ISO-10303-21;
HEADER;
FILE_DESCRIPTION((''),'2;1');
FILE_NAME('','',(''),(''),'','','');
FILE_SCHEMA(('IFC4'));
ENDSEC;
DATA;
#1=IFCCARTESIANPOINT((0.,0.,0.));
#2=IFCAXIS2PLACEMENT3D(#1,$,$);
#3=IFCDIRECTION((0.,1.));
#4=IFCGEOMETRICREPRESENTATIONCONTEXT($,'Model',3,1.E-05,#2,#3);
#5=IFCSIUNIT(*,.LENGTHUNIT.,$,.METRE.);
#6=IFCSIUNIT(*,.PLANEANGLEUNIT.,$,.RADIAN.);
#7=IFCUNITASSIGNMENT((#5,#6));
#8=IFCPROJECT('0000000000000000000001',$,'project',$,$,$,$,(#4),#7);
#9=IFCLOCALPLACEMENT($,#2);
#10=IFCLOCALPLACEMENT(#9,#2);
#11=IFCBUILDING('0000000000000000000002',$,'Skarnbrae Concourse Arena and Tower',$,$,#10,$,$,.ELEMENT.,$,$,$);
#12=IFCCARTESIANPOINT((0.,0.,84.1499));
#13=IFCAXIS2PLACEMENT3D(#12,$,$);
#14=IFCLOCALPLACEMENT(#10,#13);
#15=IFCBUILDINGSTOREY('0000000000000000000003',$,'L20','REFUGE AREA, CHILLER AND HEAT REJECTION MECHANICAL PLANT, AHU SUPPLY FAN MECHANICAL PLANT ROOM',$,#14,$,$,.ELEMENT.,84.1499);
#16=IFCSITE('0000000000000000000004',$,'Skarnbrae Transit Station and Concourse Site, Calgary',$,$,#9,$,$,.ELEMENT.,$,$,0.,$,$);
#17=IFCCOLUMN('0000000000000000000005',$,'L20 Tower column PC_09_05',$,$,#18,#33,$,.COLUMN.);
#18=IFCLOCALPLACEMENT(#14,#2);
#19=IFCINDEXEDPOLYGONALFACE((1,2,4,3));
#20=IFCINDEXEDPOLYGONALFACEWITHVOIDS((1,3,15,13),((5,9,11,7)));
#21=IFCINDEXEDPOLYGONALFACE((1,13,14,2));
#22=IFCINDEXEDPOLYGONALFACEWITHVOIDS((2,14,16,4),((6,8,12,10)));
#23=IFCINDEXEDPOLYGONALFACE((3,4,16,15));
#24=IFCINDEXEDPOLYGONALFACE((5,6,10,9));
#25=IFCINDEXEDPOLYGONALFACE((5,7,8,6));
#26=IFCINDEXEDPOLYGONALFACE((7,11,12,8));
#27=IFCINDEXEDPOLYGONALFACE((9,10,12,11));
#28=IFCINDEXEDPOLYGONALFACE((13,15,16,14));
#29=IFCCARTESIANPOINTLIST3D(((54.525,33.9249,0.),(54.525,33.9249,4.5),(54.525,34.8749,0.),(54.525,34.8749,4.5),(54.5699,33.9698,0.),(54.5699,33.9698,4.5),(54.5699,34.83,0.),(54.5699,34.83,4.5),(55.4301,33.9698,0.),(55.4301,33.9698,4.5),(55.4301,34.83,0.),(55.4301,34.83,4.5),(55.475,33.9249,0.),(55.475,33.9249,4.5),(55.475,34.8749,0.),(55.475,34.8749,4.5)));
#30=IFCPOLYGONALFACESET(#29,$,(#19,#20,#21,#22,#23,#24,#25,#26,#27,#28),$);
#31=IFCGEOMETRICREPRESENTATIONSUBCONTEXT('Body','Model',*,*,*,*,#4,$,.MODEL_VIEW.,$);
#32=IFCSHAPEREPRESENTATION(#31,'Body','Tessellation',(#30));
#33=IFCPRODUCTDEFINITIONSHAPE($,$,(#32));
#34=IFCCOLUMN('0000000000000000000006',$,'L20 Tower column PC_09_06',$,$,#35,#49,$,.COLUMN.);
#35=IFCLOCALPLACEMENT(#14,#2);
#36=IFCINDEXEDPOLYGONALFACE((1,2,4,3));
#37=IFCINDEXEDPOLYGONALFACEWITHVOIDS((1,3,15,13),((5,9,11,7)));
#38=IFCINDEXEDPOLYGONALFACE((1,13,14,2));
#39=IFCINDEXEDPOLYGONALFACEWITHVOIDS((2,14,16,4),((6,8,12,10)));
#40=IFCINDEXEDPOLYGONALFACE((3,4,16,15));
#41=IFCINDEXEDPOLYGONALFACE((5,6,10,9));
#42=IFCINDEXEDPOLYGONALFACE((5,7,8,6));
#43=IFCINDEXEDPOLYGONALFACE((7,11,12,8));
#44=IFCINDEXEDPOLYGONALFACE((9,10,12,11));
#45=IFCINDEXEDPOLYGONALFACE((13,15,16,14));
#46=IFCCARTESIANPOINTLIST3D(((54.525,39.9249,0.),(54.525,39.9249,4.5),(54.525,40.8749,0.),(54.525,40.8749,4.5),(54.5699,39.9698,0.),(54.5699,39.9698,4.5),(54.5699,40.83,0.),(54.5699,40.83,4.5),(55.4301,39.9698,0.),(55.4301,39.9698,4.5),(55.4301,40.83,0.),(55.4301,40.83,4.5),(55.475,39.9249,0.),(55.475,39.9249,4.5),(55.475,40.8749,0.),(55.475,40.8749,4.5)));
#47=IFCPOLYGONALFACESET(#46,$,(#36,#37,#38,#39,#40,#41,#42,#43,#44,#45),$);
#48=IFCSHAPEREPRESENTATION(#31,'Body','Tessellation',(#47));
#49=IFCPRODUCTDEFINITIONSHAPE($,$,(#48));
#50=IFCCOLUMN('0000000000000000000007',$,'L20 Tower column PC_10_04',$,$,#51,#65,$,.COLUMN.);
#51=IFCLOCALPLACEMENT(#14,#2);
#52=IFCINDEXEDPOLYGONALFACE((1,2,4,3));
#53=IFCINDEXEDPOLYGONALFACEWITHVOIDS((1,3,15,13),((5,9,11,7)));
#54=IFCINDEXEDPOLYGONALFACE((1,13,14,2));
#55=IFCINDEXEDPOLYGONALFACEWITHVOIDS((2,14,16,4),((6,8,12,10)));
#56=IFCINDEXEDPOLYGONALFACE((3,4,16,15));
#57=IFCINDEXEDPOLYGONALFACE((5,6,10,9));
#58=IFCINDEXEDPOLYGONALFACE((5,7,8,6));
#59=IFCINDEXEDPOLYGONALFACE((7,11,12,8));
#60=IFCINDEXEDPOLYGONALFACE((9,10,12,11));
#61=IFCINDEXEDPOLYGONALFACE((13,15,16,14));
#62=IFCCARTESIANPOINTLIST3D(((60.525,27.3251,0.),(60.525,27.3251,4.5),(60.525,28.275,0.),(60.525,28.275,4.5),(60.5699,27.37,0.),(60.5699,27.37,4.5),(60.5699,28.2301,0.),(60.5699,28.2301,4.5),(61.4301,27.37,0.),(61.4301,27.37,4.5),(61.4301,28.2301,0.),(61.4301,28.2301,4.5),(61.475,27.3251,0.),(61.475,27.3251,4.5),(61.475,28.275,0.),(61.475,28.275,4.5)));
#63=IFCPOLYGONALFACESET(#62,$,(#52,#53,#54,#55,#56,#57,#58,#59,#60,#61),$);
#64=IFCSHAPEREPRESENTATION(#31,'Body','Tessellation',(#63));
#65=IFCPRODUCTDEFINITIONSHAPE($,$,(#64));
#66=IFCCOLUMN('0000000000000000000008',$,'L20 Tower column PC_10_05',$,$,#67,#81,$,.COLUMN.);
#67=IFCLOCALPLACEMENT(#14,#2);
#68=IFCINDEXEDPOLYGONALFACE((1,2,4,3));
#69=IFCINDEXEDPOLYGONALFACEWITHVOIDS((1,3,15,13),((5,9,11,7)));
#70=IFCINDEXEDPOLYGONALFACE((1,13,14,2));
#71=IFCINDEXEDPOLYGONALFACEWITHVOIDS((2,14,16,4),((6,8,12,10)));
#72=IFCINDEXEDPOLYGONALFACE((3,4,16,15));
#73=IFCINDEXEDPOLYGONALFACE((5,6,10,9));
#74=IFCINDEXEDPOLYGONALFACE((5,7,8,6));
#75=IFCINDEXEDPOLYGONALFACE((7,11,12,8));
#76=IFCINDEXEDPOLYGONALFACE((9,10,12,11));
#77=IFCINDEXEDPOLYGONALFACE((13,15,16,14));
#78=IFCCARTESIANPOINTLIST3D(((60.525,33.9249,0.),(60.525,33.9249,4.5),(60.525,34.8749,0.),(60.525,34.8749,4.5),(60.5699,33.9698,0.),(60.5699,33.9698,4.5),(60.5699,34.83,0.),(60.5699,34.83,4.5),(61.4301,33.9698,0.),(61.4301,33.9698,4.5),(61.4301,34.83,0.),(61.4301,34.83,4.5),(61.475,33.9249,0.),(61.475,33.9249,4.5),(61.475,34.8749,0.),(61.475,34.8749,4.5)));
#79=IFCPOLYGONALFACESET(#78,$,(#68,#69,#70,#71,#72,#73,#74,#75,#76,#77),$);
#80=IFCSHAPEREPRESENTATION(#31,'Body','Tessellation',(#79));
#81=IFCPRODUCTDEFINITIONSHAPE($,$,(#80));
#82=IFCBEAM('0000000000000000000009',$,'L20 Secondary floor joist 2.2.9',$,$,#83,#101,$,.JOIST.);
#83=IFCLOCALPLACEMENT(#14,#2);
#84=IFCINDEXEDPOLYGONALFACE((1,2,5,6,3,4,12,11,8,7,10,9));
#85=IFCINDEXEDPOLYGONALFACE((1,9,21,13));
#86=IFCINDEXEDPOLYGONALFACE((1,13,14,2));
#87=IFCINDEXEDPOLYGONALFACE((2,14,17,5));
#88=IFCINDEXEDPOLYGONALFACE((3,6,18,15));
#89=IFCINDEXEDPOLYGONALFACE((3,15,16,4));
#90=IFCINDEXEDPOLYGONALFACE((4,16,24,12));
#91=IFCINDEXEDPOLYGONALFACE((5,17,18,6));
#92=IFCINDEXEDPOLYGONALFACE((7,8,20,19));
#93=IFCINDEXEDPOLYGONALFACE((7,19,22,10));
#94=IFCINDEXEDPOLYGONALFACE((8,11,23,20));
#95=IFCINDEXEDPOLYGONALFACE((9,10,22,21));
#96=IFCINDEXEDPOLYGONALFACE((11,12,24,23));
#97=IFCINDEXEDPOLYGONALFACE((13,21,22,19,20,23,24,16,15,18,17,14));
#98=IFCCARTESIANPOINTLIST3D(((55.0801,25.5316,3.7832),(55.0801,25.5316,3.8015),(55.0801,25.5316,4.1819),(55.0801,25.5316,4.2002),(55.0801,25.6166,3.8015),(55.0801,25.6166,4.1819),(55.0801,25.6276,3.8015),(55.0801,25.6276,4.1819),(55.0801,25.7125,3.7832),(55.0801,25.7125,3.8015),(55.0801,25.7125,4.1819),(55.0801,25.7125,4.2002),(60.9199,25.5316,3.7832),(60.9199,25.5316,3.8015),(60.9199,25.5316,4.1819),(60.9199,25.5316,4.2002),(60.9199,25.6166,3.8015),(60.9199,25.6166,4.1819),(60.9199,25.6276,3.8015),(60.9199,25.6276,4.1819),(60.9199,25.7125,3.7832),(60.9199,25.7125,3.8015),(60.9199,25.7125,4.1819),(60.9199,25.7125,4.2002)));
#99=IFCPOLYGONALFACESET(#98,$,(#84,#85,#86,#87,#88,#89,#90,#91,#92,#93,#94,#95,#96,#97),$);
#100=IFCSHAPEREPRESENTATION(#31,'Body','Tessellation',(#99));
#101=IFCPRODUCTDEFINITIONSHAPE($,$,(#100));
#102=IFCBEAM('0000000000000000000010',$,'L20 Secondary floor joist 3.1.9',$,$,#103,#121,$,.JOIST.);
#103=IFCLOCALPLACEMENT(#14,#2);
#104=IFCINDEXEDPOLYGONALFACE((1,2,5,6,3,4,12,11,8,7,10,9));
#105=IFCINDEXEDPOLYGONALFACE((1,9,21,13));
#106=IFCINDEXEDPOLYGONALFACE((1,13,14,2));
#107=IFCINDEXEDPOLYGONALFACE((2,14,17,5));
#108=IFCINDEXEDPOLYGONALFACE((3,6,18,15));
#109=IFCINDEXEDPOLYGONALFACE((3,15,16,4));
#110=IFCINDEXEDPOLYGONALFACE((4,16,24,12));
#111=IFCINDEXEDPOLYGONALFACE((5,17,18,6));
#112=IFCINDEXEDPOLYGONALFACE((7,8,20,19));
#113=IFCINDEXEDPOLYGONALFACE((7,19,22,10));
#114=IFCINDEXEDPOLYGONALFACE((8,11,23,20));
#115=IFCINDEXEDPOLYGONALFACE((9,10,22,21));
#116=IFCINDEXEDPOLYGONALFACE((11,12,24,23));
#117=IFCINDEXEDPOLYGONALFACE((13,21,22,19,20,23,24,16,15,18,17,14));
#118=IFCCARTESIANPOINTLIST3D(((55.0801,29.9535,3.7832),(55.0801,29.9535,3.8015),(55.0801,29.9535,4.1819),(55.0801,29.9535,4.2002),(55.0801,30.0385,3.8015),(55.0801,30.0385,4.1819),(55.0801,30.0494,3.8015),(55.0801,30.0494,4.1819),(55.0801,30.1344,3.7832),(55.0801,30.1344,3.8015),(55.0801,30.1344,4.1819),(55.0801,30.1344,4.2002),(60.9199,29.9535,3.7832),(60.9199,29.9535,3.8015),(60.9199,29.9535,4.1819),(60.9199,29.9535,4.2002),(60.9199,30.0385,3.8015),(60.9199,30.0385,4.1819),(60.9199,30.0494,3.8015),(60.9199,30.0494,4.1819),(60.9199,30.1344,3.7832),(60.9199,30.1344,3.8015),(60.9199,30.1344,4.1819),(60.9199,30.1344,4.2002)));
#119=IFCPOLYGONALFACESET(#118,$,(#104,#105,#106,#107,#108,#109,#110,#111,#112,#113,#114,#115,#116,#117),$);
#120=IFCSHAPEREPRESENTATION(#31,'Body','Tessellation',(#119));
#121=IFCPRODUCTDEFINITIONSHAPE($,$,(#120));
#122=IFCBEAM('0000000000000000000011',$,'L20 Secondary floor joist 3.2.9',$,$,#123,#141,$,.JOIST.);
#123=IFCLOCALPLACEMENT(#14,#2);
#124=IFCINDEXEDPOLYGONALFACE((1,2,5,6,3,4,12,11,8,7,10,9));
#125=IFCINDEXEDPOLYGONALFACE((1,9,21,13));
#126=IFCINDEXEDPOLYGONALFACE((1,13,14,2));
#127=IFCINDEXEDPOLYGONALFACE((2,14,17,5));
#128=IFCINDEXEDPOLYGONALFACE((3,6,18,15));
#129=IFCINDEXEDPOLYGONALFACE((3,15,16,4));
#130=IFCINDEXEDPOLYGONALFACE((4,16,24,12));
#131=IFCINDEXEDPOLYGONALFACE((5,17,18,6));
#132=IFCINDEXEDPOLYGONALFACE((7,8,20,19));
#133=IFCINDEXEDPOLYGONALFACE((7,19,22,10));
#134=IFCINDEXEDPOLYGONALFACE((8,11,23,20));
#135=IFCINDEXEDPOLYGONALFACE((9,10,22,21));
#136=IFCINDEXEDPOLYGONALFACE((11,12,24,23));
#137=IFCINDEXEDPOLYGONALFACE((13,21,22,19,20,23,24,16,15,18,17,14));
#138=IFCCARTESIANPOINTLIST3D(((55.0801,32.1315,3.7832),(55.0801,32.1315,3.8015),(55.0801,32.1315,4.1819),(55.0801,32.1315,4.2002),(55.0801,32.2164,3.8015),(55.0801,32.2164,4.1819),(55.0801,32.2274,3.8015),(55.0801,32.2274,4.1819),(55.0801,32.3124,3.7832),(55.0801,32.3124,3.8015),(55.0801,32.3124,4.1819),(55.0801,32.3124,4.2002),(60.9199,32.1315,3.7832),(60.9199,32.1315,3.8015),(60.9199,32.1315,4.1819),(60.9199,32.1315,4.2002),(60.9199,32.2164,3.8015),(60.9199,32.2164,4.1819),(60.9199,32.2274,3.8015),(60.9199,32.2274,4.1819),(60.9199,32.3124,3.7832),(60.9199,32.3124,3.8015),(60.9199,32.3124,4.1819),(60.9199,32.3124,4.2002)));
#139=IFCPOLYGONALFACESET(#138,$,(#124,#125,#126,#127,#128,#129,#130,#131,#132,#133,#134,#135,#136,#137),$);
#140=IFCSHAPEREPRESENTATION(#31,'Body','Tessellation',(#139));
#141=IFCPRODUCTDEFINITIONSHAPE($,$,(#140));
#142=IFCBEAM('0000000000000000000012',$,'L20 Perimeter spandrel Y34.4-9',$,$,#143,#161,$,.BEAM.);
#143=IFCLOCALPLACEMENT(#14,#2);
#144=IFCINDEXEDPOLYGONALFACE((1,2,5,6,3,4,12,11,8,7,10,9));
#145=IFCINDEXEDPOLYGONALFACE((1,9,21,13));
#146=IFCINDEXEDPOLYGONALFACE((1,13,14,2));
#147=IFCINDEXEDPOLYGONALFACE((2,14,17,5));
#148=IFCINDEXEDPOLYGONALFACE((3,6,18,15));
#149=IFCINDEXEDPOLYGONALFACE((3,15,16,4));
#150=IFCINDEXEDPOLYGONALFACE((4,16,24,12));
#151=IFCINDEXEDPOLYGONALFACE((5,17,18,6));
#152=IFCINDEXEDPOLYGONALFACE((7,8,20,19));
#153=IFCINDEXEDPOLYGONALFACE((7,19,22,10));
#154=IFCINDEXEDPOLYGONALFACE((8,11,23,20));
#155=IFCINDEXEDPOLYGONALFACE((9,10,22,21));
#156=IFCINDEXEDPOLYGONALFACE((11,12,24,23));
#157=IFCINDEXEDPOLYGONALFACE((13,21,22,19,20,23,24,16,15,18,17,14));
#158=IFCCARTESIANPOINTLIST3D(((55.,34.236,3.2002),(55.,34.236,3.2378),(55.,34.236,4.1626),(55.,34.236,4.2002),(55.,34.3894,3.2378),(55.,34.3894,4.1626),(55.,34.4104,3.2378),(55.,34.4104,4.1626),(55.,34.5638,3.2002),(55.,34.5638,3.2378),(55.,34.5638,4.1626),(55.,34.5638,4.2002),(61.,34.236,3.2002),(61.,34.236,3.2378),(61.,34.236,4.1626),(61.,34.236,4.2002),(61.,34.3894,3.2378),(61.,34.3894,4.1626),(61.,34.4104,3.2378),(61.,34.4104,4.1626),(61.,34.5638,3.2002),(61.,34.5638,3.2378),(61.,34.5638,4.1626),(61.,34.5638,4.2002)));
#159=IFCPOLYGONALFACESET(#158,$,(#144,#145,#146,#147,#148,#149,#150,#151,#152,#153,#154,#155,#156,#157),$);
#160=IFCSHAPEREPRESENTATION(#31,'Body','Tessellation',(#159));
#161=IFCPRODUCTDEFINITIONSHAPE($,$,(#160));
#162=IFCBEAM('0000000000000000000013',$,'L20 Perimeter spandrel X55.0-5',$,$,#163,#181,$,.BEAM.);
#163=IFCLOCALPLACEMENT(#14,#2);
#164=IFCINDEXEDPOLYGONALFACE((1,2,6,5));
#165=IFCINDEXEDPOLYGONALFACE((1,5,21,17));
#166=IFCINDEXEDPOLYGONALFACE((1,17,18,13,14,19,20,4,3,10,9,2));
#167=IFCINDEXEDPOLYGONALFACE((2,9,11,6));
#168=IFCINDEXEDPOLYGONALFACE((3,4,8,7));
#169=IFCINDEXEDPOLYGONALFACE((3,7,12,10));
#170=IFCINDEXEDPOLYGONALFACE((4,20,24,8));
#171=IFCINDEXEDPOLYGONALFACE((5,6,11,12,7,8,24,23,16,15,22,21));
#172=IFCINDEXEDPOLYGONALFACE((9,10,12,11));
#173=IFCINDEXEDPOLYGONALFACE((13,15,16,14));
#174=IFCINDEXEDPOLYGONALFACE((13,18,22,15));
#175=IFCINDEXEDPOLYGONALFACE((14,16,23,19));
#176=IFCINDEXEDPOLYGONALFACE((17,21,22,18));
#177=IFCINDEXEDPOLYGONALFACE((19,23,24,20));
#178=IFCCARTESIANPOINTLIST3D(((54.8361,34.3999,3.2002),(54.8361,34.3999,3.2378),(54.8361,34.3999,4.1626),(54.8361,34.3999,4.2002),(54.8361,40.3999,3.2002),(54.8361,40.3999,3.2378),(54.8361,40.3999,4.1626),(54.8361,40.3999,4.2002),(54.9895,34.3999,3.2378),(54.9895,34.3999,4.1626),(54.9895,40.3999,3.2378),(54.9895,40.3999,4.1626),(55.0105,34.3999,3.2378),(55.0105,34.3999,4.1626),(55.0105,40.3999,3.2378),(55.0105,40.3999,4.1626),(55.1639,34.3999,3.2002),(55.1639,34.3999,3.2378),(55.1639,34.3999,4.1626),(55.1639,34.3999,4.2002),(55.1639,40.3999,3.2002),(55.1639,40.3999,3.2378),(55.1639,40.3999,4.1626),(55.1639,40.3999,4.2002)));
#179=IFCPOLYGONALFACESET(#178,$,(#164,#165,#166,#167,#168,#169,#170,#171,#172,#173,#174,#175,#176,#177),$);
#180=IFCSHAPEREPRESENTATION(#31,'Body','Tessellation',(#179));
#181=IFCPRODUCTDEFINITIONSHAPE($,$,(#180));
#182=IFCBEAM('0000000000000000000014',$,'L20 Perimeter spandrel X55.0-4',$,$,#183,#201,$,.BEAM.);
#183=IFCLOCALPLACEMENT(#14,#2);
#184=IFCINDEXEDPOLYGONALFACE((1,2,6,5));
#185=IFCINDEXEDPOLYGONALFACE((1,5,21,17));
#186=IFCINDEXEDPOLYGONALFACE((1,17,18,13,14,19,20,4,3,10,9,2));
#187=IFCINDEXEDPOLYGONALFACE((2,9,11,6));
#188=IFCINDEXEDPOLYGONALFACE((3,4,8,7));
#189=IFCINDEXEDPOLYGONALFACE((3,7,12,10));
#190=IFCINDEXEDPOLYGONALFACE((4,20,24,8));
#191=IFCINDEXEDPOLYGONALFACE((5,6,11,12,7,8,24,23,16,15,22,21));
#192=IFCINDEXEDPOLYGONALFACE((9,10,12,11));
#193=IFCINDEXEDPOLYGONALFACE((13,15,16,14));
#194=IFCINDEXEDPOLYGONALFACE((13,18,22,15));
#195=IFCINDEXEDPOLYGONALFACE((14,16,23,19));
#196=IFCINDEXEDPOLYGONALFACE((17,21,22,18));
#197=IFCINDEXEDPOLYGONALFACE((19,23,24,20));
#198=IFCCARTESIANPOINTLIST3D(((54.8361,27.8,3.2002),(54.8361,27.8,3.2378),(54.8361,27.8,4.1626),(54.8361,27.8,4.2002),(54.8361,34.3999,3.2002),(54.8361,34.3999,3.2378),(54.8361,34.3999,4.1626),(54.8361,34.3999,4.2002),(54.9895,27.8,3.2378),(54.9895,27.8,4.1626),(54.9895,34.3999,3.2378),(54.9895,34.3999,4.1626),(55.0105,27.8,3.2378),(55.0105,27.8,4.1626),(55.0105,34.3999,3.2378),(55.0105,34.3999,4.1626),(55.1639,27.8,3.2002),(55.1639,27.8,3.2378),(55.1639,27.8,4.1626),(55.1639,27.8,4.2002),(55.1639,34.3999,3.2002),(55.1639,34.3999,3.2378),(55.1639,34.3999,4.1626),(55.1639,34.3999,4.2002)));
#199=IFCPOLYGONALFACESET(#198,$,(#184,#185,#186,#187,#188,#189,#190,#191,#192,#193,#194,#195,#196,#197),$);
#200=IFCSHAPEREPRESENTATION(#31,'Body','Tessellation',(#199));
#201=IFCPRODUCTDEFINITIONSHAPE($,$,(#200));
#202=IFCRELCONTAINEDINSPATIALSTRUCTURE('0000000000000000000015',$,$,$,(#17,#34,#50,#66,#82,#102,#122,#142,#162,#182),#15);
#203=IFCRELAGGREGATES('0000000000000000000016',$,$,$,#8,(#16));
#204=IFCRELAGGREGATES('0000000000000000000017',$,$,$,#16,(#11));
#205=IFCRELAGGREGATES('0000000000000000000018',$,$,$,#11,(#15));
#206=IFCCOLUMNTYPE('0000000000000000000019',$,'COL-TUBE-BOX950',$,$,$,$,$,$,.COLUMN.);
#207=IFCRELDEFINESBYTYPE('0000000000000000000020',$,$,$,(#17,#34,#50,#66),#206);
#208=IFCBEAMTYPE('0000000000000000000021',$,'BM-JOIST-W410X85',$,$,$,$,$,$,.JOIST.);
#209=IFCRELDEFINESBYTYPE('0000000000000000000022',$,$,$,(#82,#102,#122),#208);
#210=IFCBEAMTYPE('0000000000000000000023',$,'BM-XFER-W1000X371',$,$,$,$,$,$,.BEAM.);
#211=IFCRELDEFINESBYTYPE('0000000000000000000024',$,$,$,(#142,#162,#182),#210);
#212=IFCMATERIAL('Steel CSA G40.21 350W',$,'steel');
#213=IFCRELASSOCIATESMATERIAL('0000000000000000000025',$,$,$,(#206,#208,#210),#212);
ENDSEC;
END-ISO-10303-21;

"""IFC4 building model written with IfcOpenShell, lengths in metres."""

from ifc_helpers import new_model, si_unit, direction, frame, origin, origin_2d, place, context, subcontext, project, spatial, hollow_rectangle, i_section, extrude, source, transform, mapped, material, material_profile, profile_set, type_object, element, save


model = new_model("IFC4")

# Units and contexts
model_context = context("Model", 3, precision=1e-05, world=origin(), true_north=direction((0.0, 1.0)))
body_context = subcontext(model_context, "Body", "Model", "MODEL_VIEW")
ifc_project = project(units=[si_unit("LENGTHUNIT", "METRE"), si_unit("PLANEANGLEUNIT", "RADIAN")], contexts=[model_context])

# Site, building, storey
site_placement = place(None, origin())
site = spatial("IfcSite", under=ifc_project, at=site_placement, Name="Skarnbrae Transit Station and Concourse Site, Calgary", CompositionType="ELEMENT", RefElevation=0.0)
building_placement = place(site_placement, origin())
building = spatial("IfcBuilding", under=site, at=building_placement, Name="Skarnbrae Concourse Arena and Tower", CompositionType="ELEMENT")
storey_placement = place(building_placement, frame((0.0, 0.0, 84.1499)))
storey = spatial("IfcBuildingStorey", under=building, at=storey_placement, Name="L20", Description="REFUGE AREA, CHILLER AND HEAT REJECTION MECHANICAL PLANT, AHU SUPPLY FAN MECHANICAL PLANT ROOM", CompositionType="ELEMENT", Elevation=84.1499)

# Columns
ifc_material_1 = material(Name="Steel CSA G40.21 350W", Category="steel")
ifc_material_profile_1 = material_profile(ifc_material_1, hollow_rectangle(XDim=0.95, YDim=0.95, WallThickness=0.0449, at=origin_2d()), Name="BOX950X950X45")
ifc_profile_set_1 = profile_set([ifc_material_profile_1], Name="Steel CSA G40.21 350W")
column_type = type_object("IfcColumnType", Name="COL-TUBE-BOX950", PredefinedType="COLUMN", material=ifc_profile_set_1)
shared_shape_1 = source(origin(), body_context, "Body", "SweptSolid", [
    extrude(hollow_rectangle(XDim=0.95, YDim=0.95, WallThickness=0.0449, at=origin_2d()), origin(), (0.0, 0.0, 1.0), 4.5),
])
for number, where, z_axis, x_axis, name in (
    (1, (55.0, 34.3999, 0.0), (0.0, 0.0, 1.0), (1.0, 0.0, 0.0), "L20 Tower column PC_09_05"),
    (2, (55.0, 40.3999, 0.0), (0.0, 0.0, 1.0), (1.0, 0.0, 0.0), "L20 Tower column PC_09_06"),
    (3, (61.0, 27.8, 0.0), (0.0, 0.0, 1.0), (1.0, 0.0, 0.0), "L20 Tower column PC_10_04"),
    (4, (61.0, 34.3999, 0.0), (0.0, 0.0, 1.0), (1.0, 0.0, 0.0), "L20 Tower column PC_10_05"),
):
    element("IfcColumn", number, at=place(storey_placement, frame(where, z_axis=z_axis, x_axis=x_axis)), inside=storey, type_object=column_type, Name=name, PredefinedType="COLUMN", context=body_context, shape_type="MappedRepresentation", body=[
        mapped(shared_shape_1, transform((0.0, 0.0, 0.0))),
    ])

# Beams
ifc_material_profile_2 = material_profile(ifc_material_1, i_section(OverallWidth=0.1809, OverallDepth=0.417, WebThickness=0.011, FlangeThickness=0.0183, at=origin_2d()), Name="W410X85")
ifc_profile_set_2 = profile_set([ifc_material_profile_2], Name="Steel CSA G40.21 350W")
beam_type_1 = type_object("IfcBeamType", Name="BM-JOIST-W410X85", PredefinedType="JOIST", material=ifc_profile_set_2)
shared_shape_2 = source(origin(), body_context, "Body", "SweptSolid", [
    extrude(i_section(OverallWidth=0.1809, OverallDepth=0.417, WebThickness=0.011, FlangeThickness=0.0183, at=origin_2d()), origin(), (0.0, 0.0, 1.0), 5.8398),
])
for number, where, z_axis, x_axis, name in (
    (5, (55.0801, 25.6221, 3.9917), (1.0, 0.0, 0.0), (0.0, 1.0, 0.0), "L20 Secondary floor joist 2.2.9"),
    (6, (55.0801, 30.0439, 3.9917), (1.0, 0.0, 0.0), (0.0, 1.0, 0.0), "L20 Secondary floor joist 3.1.9"),
    (7, (55.0801, 32.2219, 3.9917), (1.0, 0.0, 0.0), (0.0, 1.0, 0.0), "L20 Secondary floor joist 3.2.9"),
):
    element("IfcBeam", number, at=place(storey_placement, frame(where, z_axis=z_axis, x_axis=x_axis)), inside=storey, type_object=beam_type_1, Name=name, PredefinedType="JOIST", context=body_context, shape_type="MappedRepresentation", body=[
        mapped(shared_shape_2, transform((0.0, 0.0, 0.0))),
    ])
ifc_material_profile_3 = material_profile(ifc_material_1, i_section(OverallWidth=0.3279, OverallDepth=1.0, WebThickness=0.021, FlangeThickness=0.0376, at=origin_2d()), Name="W1000X371")
ifc_profile_set_3 = profile_set([ifc_material_profile_3], Name="Steel CSA G40.21 350W")
beam_type_2 = type_object("IfcBeamType", Name="BM-XFER-W1000X371", PredefinedType="BEAM", material=ifc_profile_set_3)
shared_shape_3 = source(origin(), body_context, "Body", "SweptSolid", [
    extrude(i_section(OverallWidth=0.3279, OverallDepth=1.0, WebThickness=0.021, FlangeThickness=0.0376, at=origin_2d()), origin(), (0.0, 0.0, 1.0), 6.0),
])
for number, where, z_axis, x_axis, name in (
    (8, (55.0, 34.3999, 3.7002), (1.0, 0.0, 0.0), (0.0, 1.0, 0.0), "L20 Perimeter spandrel Y34.4-9"),
    (9, (55.0, 34.3999, 3.7002), (0.0, 1.0, 0.0), (-1.0, 0.0, 0.0), "L20 Perimeter spandrel X55.0-5"),
):
    element("IfcBeam", number, at=place(storey_placement, frame(where, z_axis=z_axis, x_axis=x_axis)), inside=storey, type_object=beam_type_2, Name=name, PredefinedType="BEAM", context=body_context, shape_type="MappedRepresentation", body=[
        mapped(shared_shape_3, transform((0.0, 0.0, 0.0))),
    ])
shared_shape_4 = source(origin(), body_context, "Body", "SweptSolid", [
    extrude(i_section(OverallWidth=0.3279, OverallDepth=1.0, WebThickness=0.021, FlangeThickness=0.0376, at=origin_2d()), origin(), (0.0, 0.0, 1.0), 6.5999),
])
for number, where, z_axis, x_axis, name in (
    (10, (55.0, 27.8, 3.7002), (0.0, 1.0, 0.0), (-1.0, 0.0, 0.0), "L20 Perimeter spandrel X55.0-4"),
):
    element("IfcBeam", number, at=place(storey_placement, frame(where, z_axis=z_axis, x_axis=x_axis)), inside=storey, type_object=beam_type_2, Name=name, PredefinedType="BEAM", context=body_context, shape_type="MappedRepresentation", body=[
        mapped(shared_shape_4, transform((0.0, 0.0, 0.0))),
    ])

save(model, "model.ifc")
